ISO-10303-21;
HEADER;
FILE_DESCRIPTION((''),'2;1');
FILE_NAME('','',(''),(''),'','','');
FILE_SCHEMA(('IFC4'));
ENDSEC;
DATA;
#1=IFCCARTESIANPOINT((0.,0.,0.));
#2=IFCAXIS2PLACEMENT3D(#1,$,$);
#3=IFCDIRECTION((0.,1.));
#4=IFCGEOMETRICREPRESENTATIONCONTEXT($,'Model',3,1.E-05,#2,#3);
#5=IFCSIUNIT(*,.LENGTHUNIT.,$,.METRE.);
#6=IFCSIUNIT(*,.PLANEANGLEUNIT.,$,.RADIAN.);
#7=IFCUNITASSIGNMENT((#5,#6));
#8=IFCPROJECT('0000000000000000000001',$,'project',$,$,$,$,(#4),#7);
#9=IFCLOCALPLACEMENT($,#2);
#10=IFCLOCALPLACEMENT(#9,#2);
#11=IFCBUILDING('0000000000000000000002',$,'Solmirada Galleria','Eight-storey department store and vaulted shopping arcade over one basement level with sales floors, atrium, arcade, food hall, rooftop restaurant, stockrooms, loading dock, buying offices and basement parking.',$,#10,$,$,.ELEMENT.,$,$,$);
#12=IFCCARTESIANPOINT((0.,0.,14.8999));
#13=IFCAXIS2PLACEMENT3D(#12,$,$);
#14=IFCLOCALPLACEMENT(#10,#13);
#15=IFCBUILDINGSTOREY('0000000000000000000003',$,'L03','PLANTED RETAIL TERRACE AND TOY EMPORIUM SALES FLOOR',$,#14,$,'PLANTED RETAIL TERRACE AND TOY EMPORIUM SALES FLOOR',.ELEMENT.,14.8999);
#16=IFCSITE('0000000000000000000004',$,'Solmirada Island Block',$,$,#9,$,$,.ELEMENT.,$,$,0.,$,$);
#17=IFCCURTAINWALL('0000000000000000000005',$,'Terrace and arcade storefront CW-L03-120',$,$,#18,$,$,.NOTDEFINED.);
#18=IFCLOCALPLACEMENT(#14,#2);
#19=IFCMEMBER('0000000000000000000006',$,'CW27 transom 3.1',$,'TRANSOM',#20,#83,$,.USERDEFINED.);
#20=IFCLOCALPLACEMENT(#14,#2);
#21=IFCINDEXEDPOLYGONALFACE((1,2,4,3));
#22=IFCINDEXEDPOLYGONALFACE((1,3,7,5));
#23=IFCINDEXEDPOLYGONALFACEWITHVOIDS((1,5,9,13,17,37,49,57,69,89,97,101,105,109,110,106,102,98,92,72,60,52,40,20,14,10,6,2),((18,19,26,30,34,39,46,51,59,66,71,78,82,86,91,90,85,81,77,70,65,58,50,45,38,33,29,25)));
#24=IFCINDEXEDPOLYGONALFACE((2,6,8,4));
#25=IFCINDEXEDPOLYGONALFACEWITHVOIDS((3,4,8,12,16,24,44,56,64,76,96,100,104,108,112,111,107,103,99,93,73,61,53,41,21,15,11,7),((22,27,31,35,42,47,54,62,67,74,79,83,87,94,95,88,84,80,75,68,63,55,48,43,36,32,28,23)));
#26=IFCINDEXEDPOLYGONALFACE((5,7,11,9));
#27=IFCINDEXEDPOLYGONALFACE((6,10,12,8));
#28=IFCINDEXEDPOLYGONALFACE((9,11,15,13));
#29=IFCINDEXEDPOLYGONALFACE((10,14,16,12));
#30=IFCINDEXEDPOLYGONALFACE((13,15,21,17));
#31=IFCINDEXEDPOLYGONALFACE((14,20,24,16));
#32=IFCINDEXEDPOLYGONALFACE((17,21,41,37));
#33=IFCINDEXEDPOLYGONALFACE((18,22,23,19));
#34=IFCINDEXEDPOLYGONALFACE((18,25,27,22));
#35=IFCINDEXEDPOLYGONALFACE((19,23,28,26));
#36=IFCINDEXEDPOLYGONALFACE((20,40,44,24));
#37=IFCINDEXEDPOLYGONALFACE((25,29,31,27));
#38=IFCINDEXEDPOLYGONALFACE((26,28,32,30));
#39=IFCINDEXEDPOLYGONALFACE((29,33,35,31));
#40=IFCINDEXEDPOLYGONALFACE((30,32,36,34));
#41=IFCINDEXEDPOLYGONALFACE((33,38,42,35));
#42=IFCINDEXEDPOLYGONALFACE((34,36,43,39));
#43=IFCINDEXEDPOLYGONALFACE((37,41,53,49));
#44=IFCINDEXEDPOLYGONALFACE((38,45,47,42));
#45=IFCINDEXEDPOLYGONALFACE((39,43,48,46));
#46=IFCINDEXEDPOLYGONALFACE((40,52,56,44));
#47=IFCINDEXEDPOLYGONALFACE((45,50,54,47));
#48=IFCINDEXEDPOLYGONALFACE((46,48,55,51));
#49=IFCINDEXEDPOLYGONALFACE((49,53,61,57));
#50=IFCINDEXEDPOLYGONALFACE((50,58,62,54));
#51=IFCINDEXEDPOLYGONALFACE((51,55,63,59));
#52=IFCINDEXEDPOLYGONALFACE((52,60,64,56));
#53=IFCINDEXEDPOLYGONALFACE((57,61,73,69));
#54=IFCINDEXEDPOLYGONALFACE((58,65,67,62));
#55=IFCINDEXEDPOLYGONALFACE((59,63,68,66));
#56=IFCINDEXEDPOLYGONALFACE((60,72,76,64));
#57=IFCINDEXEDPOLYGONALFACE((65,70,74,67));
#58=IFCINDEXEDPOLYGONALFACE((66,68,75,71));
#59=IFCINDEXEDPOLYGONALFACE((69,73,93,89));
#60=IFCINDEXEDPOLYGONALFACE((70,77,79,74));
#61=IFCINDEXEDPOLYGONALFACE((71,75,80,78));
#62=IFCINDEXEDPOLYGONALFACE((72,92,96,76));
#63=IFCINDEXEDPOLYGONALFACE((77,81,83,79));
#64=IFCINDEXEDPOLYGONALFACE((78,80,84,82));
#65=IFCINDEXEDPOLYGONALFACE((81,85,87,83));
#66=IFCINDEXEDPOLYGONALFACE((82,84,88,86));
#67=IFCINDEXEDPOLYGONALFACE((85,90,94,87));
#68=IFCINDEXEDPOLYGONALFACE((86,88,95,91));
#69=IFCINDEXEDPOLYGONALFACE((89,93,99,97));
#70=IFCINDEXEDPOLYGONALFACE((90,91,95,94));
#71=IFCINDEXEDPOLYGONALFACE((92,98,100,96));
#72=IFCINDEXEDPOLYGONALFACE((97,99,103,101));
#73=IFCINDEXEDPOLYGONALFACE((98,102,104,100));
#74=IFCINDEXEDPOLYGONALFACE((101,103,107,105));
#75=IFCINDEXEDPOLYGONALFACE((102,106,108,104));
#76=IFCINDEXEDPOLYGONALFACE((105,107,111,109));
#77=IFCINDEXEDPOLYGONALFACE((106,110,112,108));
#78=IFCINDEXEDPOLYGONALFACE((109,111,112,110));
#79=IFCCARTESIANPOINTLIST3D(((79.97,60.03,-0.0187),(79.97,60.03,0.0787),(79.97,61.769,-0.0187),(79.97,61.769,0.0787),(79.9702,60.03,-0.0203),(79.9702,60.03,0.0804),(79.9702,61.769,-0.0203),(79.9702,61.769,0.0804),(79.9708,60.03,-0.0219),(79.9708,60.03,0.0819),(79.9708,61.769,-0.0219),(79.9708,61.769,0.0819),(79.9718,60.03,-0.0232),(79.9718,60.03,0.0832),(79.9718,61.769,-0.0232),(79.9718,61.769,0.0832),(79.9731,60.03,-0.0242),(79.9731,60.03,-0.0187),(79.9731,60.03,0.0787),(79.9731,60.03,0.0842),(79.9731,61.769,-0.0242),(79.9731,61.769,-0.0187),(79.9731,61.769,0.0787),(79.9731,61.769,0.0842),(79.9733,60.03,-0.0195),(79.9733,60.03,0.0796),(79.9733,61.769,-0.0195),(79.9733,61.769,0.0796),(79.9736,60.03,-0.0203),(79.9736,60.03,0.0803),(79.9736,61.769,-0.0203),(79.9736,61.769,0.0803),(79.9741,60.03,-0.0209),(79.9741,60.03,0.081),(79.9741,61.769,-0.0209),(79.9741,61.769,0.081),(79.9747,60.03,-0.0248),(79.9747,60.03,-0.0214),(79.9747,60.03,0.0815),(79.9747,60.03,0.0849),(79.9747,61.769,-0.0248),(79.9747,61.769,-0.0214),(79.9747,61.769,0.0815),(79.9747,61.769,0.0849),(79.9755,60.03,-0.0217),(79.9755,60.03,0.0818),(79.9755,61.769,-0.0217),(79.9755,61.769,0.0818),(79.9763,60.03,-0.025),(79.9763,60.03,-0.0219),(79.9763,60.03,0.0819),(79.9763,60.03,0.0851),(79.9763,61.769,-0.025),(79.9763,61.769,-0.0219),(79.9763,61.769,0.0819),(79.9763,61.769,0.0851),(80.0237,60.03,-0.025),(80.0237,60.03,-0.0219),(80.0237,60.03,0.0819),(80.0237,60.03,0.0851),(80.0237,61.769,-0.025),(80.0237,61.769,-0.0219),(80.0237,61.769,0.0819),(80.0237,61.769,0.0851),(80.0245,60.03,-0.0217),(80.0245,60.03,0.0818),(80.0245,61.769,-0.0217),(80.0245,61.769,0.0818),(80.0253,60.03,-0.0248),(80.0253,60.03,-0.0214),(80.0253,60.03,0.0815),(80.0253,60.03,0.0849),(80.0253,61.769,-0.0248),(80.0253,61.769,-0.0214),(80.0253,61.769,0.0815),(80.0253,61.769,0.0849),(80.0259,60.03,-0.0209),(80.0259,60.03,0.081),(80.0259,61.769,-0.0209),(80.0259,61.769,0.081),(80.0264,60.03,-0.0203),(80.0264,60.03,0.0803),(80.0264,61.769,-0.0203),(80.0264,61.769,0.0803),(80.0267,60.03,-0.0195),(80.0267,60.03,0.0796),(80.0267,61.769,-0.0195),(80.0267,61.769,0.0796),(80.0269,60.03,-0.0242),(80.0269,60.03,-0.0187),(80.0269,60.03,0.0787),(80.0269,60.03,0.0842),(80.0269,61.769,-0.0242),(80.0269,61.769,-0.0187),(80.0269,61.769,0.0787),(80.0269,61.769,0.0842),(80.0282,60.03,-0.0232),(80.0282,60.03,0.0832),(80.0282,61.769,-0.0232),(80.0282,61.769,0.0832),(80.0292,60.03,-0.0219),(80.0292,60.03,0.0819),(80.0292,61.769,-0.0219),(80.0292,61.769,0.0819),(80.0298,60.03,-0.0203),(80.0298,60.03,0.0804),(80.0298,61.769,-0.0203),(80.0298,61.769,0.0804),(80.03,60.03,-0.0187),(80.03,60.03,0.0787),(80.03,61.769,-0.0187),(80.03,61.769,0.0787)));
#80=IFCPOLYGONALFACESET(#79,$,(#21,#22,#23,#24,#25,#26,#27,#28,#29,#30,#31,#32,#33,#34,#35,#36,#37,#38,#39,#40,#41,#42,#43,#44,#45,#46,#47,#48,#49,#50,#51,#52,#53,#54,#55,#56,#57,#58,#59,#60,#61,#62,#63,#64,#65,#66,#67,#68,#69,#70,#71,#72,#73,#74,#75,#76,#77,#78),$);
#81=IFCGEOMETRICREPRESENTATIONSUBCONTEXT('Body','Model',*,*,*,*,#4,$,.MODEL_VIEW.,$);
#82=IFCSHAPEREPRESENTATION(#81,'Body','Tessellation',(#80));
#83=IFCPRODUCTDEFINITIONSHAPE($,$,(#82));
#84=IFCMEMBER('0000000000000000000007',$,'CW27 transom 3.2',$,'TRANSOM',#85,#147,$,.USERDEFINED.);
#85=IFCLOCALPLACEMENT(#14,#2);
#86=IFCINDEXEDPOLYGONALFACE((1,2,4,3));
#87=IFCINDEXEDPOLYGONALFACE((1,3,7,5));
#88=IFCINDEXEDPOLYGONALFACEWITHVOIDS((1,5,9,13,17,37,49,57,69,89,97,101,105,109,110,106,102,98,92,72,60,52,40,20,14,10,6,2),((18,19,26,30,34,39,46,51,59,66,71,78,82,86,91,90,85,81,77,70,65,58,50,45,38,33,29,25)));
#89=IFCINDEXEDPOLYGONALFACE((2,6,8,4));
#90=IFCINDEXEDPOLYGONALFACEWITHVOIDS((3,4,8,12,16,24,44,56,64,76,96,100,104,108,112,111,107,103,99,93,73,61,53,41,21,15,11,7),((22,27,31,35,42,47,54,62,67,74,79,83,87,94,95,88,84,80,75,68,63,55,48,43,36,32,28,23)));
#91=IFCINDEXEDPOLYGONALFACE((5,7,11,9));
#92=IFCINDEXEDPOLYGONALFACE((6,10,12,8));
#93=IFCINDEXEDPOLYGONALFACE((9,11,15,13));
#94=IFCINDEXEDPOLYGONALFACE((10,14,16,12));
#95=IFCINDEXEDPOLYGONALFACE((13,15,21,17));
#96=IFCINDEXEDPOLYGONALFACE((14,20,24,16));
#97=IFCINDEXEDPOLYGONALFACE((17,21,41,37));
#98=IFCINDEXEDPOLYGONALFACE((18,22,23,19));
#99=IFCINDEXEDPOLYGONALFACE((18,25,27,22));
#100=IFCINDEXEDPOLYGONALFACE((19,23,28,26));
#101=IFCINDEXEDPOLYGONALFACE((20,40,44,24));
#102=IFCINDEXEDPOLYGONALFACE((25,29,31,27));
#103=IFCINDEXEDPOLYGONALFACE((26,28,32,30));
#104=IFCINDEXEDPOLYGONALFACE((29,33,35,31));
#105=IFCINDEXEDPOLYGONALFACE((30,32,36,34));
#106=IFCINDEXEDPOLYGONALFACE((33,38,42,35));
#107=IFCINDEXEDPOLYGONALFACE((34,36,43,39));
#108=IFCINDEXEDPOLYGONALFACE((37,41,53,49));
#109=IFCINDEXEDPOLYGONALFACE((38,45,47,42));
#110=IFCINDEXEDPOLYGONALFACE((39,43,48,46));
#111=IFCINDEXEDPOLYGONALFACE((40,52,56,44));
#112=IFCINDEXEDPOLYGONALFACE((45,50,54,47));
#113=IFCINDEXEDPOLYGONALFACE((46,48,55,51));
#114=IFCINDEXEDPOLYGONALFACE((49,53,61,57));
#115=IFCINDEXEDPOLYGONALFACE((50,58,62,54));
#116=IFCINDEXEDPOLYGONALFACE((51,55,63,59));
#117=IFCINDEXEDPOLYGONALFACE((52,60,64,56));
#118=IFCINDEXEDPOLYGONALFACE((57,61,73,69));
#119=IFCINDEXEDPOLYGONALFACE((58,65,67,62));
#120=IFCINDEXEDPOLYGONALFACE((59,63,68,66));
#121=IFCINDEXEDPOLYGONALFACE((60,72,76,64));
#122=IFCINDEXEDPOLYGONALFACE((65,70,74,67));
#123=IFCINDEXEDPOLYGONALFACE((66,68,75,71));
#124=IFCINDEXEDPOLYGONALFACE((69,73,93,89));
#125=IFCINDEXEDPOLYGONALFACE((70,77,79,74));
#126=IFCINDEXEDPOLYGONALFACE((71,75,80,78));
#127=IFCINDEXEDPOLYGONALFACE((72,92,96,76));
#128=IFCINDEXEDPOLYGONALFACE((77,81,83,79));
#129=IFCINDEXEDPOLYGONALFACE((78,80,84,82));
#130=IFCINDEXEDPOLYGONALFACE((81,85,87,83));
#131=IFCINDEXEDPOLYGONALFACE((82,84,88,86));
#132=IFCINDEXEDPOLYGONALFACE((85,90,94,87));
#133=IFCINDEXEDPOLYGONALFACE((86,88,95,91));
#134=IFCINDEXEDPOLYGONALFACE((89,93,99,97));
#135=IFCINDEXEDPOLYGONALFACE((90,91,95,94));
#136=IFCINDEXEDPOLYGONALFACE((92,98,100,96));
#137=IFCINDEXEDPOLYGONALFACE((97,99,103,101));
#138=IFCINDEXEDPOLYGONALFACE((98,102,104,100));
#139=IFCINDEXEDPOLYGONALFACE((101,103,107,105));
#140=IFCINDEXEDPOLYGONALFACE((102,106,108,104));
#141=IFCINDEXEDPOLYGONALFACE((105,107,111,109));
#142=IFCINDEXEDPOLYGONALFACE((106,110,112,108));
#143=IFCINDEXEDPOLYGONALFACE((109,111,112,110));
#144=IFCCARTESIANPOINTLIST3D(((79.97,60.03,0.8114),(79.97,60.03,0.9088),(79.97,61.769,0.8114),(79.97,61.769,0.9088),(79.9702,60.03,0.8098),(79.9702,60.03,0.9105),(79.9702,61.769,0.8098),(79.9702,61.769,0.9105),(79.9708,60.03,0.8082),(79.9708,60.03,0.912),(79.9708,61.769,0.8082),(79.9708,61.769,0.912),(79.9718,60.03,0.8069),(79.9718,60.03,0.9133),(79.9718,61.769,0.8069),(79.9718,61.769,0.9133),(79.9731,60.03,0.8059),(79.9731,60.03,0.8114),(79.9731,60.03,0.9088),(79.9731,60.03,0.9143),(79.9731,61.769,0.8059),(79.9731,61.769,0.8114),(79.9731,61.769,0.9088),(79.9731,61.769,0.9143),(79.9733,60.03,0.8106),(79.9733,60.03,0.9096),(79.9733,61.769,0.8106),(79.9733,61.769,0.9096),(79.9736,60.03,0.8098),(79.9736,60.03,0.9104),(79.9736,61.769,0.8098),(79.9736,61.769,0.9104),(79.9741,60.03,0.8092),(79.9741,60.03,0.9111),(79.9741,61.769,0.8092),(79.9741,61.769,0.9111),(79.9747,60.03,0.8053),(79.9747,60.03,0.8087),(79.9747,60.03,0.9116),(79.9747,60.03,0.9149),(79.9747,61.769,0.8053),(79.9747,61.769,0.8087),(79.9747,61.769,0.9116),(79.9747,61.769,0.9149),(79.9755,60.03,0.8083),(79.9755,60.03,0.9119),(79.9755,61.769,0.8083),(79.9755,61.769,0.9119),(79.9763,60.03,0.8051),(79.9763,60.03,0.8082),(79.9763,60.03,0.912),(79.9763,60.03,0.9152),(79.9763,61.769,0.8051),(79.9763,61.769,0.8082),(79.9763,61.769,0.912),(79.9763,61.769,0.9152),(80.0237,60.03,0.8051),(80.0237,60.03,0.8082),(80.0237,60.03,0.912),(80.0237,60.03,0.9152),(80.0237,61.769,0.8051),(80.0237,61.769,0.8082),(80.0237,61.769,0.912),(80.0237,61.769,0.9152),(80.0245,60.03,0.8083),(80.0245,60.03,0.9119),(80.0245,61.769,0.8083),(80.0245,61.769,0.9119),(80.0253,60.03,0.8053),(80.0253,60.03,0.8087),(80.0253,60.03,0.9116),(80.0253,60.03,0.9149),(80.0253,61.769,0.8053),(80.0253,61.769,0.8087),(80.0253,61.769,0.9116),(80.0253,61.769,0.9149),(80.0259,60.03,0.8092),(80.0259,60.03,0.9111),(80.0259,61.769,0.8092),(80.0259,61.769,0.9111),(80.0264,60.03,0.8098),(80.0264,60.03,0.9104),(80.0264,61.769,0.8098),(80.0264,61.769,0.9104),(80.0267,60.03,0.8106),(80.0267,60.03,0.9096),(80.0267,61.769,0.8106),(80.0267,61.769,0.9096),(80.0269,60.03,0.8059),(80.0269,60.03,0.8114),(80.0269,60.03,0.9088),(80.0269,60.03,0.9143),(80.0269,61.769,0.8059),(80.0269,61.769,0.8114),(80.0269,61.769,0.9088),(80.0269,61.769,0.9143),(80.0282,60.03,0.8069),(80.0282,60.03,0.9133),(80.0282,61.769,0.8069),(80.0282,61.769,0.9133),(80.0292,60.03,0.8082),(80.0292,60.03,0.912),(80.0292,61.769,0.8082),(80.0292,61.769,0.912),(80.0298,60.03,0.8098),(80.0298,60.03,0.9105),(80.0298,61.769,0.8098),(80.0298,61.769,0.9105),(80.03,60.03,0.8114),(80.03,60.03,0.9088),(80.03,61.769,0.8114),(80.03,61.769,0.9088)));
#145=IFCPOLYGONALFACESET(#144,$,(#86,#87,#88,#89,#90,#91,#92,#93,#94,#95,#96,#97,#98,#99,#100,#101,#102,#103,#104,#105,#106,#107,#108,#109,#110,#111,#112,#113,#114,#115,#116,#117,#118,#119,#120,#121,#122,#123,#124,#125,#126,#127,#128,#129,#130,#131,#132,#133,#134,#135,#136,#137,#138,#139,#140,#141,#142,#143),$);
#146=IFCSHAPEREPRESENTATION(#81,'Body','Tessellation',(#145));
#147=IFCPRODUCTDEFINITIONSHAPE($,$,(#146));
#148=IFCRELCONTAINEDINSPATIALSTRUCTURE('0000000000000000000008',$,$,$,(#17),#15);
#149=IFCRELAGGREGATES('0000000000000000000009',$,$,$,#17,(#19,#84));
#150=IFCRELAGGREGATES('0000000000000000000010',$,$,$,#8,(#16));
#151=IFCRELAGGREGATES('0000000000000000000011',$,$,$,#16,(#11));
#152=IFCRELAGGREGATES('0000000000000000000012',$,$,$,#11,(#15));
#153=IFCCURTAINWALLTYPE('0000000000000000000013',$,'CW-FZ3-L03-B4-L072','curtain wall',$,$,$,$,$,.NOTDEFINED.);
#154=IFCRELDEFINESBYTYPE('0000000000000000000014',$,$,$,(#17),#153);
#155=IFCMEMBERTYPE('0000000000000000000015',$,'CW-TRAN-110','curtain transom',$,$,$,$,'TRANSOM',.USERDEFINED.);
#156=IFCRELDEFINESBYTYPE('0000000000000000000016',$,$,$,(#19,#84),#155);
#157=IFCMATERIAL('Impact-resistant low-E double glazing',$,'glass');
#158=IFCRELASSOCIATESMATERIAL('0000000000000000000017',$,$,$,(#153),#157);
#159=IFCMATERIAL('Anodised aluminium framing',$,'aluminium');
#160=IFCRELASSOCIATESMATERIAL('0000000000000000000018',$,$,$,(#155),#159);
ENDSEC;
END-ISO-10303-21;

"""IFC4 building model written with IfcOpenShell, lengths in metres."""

from ifc_helpers import new_model, si_unit, direction, frame, origin, origin_2d, place, context, subcontext, project, spatial, hollow_rectangle, extrude, material, material_profile, profile_set, type_object, element, aggregate, save


model = new_model("IFC4")

# Units and contexts
model_context = context("Model", 3, precision=1e-05, world=origin(), true_north=direction((0.0, 1.0)))
body_context = subcontext(model_context, "Body", "Model", "MODEL_VIEW")
ifc_project = project(units=[si_unit("LENGTHUNIT", "METRE"), si_unit("PLANEANGLEUNIT", "RADIAN")], contexts=[model_context])

# Site, building, storey
site_placement = place(None, origin())
site = spatial("IfcSite", under=ifc_project, at=site_placement, Name="Solmirada Island Block", CompositionType="ELEMENT", RefElevation=0.0)
building_placement = place(site_placement, origin())
building = spatial("IfcBuilding", under=site, at=building_placement, Name="Solmirada Galleria", Description="Eight-storey department store and vaulted shopping arcade over one basement level with sales floors, atrium, arcade, food hall, rooftop restaurant, stockrooms, loading dock, buying offices and basement parking.", CompositionType="ELEMENT")
storey_placement = place(building_placement, frame((0.0, 0.0, 14.8999)))
storey = spatial("IfcBuildingStorey", under=building, at=storey_placement, Name="L03", Description="PLANTED RETAIL TERRACE AND TOY EMPORIUM SALES FLOOR", LongName="PLANTED RETAIL TERRACE AND TOY EMPORIUM SALES FLOOR", CompositionType="ELEMENT", Elevation=14.8999)

# Curtain wall
ifc_material_1 = material(Name="Impact-resistant low-E double glazing", Category="glass")
curtain_wall_type = type_object("IfcCurtainWallType", Name="CW-FZ3-L03-B4-L072", Description="curtain wall", PredefinedType="NOTDEFINED", material=ifc_material_1)
curtain_wall_1_placement = place(storey_placement, origin())
curtain_wall_1 = element("IfcCurtainWall", 1, at=curtain_wall_1_placement, inside=storey, type_object=curtain_wall_type, Name="Terrace and arcade storefront CW-L03-120", PredefinedType="NOTDEFINED")
ifc_material_2 = material(Name="Anodised aluminium framing", Category="aluminium")

# Members
ifc_material_profile_1 = material_profile(ifc_material_2, hollow_rectangle(XDim=0.0601, YDim=0.1101, WallThickness=0.0032, InnerFilletRadius=0.0032, OuterFilletRadius=0.0063, at=origin_2d()), Name="ALU-TRAN-110X60")
ifc_profile_set_1 = profile_set([ifc_material_profile_1], Name="Anodised aluminium framing")
member_type_1 = type_object("IfcMemberType", Name="CW-TRAN-110", Description="curtain transom", ElementType="TRANSOM", PredefinedType="USERDEFINED", material=ifc_profile_set_1)
member_1_placement = place(storey_placement, frame((80.0, 60.03, 0.03), z_axis=(0.0, 1.0, 0.0), x_axis=(-1.0, 0.0, 0.0)))
member_1 = element("IfcMember", 2, at=member_1_placement, type_object=member_type_1, Name="CW27 transom 3.1", ObjectType="TRANSOM", PredefinedType="USERDEFINED", context=body_context, shape_type="SweptSolid", body=[
    extrude(hollow_rectangle(XDim=0.0601, YDim=0.1101, WallThickness=0.0032, InnerFilletRadius=0.0032, OuterFilletRadius=0.0063, at=origin_2d()), origin(), (0.0, 0.0, 1.0), 1.739),
])
member_2_placement = place(storey_placement, frame((80.0, 60.03, 0.8601), z_axis=(0.0, 1.0, 0.0), x_axis=(-1.0, 0.0, 0.0)))
member_2 = element("IfcMember", 3, at=member_2_placement, type_object=member_type_1, Name="CW27 transom 3.2", ObjectType="TRANSOM", PredefinedType="USERDEFINED", context=body_context, shape_type="SweptSolid", body=[
    extrude(hollow_rectangle(XDim=0.0601, YDim=0.1101, WallThickness=0.0032, InnerFilletRadius=0.0032, OuterFilletRadius=0.0063, at=origin_2d()), origin(), (0.0, 0.0, 1.0), 1.739),
])

aggregate(curtain_wall_1, [member_1, member_2])

save(model, "model.ifc")
